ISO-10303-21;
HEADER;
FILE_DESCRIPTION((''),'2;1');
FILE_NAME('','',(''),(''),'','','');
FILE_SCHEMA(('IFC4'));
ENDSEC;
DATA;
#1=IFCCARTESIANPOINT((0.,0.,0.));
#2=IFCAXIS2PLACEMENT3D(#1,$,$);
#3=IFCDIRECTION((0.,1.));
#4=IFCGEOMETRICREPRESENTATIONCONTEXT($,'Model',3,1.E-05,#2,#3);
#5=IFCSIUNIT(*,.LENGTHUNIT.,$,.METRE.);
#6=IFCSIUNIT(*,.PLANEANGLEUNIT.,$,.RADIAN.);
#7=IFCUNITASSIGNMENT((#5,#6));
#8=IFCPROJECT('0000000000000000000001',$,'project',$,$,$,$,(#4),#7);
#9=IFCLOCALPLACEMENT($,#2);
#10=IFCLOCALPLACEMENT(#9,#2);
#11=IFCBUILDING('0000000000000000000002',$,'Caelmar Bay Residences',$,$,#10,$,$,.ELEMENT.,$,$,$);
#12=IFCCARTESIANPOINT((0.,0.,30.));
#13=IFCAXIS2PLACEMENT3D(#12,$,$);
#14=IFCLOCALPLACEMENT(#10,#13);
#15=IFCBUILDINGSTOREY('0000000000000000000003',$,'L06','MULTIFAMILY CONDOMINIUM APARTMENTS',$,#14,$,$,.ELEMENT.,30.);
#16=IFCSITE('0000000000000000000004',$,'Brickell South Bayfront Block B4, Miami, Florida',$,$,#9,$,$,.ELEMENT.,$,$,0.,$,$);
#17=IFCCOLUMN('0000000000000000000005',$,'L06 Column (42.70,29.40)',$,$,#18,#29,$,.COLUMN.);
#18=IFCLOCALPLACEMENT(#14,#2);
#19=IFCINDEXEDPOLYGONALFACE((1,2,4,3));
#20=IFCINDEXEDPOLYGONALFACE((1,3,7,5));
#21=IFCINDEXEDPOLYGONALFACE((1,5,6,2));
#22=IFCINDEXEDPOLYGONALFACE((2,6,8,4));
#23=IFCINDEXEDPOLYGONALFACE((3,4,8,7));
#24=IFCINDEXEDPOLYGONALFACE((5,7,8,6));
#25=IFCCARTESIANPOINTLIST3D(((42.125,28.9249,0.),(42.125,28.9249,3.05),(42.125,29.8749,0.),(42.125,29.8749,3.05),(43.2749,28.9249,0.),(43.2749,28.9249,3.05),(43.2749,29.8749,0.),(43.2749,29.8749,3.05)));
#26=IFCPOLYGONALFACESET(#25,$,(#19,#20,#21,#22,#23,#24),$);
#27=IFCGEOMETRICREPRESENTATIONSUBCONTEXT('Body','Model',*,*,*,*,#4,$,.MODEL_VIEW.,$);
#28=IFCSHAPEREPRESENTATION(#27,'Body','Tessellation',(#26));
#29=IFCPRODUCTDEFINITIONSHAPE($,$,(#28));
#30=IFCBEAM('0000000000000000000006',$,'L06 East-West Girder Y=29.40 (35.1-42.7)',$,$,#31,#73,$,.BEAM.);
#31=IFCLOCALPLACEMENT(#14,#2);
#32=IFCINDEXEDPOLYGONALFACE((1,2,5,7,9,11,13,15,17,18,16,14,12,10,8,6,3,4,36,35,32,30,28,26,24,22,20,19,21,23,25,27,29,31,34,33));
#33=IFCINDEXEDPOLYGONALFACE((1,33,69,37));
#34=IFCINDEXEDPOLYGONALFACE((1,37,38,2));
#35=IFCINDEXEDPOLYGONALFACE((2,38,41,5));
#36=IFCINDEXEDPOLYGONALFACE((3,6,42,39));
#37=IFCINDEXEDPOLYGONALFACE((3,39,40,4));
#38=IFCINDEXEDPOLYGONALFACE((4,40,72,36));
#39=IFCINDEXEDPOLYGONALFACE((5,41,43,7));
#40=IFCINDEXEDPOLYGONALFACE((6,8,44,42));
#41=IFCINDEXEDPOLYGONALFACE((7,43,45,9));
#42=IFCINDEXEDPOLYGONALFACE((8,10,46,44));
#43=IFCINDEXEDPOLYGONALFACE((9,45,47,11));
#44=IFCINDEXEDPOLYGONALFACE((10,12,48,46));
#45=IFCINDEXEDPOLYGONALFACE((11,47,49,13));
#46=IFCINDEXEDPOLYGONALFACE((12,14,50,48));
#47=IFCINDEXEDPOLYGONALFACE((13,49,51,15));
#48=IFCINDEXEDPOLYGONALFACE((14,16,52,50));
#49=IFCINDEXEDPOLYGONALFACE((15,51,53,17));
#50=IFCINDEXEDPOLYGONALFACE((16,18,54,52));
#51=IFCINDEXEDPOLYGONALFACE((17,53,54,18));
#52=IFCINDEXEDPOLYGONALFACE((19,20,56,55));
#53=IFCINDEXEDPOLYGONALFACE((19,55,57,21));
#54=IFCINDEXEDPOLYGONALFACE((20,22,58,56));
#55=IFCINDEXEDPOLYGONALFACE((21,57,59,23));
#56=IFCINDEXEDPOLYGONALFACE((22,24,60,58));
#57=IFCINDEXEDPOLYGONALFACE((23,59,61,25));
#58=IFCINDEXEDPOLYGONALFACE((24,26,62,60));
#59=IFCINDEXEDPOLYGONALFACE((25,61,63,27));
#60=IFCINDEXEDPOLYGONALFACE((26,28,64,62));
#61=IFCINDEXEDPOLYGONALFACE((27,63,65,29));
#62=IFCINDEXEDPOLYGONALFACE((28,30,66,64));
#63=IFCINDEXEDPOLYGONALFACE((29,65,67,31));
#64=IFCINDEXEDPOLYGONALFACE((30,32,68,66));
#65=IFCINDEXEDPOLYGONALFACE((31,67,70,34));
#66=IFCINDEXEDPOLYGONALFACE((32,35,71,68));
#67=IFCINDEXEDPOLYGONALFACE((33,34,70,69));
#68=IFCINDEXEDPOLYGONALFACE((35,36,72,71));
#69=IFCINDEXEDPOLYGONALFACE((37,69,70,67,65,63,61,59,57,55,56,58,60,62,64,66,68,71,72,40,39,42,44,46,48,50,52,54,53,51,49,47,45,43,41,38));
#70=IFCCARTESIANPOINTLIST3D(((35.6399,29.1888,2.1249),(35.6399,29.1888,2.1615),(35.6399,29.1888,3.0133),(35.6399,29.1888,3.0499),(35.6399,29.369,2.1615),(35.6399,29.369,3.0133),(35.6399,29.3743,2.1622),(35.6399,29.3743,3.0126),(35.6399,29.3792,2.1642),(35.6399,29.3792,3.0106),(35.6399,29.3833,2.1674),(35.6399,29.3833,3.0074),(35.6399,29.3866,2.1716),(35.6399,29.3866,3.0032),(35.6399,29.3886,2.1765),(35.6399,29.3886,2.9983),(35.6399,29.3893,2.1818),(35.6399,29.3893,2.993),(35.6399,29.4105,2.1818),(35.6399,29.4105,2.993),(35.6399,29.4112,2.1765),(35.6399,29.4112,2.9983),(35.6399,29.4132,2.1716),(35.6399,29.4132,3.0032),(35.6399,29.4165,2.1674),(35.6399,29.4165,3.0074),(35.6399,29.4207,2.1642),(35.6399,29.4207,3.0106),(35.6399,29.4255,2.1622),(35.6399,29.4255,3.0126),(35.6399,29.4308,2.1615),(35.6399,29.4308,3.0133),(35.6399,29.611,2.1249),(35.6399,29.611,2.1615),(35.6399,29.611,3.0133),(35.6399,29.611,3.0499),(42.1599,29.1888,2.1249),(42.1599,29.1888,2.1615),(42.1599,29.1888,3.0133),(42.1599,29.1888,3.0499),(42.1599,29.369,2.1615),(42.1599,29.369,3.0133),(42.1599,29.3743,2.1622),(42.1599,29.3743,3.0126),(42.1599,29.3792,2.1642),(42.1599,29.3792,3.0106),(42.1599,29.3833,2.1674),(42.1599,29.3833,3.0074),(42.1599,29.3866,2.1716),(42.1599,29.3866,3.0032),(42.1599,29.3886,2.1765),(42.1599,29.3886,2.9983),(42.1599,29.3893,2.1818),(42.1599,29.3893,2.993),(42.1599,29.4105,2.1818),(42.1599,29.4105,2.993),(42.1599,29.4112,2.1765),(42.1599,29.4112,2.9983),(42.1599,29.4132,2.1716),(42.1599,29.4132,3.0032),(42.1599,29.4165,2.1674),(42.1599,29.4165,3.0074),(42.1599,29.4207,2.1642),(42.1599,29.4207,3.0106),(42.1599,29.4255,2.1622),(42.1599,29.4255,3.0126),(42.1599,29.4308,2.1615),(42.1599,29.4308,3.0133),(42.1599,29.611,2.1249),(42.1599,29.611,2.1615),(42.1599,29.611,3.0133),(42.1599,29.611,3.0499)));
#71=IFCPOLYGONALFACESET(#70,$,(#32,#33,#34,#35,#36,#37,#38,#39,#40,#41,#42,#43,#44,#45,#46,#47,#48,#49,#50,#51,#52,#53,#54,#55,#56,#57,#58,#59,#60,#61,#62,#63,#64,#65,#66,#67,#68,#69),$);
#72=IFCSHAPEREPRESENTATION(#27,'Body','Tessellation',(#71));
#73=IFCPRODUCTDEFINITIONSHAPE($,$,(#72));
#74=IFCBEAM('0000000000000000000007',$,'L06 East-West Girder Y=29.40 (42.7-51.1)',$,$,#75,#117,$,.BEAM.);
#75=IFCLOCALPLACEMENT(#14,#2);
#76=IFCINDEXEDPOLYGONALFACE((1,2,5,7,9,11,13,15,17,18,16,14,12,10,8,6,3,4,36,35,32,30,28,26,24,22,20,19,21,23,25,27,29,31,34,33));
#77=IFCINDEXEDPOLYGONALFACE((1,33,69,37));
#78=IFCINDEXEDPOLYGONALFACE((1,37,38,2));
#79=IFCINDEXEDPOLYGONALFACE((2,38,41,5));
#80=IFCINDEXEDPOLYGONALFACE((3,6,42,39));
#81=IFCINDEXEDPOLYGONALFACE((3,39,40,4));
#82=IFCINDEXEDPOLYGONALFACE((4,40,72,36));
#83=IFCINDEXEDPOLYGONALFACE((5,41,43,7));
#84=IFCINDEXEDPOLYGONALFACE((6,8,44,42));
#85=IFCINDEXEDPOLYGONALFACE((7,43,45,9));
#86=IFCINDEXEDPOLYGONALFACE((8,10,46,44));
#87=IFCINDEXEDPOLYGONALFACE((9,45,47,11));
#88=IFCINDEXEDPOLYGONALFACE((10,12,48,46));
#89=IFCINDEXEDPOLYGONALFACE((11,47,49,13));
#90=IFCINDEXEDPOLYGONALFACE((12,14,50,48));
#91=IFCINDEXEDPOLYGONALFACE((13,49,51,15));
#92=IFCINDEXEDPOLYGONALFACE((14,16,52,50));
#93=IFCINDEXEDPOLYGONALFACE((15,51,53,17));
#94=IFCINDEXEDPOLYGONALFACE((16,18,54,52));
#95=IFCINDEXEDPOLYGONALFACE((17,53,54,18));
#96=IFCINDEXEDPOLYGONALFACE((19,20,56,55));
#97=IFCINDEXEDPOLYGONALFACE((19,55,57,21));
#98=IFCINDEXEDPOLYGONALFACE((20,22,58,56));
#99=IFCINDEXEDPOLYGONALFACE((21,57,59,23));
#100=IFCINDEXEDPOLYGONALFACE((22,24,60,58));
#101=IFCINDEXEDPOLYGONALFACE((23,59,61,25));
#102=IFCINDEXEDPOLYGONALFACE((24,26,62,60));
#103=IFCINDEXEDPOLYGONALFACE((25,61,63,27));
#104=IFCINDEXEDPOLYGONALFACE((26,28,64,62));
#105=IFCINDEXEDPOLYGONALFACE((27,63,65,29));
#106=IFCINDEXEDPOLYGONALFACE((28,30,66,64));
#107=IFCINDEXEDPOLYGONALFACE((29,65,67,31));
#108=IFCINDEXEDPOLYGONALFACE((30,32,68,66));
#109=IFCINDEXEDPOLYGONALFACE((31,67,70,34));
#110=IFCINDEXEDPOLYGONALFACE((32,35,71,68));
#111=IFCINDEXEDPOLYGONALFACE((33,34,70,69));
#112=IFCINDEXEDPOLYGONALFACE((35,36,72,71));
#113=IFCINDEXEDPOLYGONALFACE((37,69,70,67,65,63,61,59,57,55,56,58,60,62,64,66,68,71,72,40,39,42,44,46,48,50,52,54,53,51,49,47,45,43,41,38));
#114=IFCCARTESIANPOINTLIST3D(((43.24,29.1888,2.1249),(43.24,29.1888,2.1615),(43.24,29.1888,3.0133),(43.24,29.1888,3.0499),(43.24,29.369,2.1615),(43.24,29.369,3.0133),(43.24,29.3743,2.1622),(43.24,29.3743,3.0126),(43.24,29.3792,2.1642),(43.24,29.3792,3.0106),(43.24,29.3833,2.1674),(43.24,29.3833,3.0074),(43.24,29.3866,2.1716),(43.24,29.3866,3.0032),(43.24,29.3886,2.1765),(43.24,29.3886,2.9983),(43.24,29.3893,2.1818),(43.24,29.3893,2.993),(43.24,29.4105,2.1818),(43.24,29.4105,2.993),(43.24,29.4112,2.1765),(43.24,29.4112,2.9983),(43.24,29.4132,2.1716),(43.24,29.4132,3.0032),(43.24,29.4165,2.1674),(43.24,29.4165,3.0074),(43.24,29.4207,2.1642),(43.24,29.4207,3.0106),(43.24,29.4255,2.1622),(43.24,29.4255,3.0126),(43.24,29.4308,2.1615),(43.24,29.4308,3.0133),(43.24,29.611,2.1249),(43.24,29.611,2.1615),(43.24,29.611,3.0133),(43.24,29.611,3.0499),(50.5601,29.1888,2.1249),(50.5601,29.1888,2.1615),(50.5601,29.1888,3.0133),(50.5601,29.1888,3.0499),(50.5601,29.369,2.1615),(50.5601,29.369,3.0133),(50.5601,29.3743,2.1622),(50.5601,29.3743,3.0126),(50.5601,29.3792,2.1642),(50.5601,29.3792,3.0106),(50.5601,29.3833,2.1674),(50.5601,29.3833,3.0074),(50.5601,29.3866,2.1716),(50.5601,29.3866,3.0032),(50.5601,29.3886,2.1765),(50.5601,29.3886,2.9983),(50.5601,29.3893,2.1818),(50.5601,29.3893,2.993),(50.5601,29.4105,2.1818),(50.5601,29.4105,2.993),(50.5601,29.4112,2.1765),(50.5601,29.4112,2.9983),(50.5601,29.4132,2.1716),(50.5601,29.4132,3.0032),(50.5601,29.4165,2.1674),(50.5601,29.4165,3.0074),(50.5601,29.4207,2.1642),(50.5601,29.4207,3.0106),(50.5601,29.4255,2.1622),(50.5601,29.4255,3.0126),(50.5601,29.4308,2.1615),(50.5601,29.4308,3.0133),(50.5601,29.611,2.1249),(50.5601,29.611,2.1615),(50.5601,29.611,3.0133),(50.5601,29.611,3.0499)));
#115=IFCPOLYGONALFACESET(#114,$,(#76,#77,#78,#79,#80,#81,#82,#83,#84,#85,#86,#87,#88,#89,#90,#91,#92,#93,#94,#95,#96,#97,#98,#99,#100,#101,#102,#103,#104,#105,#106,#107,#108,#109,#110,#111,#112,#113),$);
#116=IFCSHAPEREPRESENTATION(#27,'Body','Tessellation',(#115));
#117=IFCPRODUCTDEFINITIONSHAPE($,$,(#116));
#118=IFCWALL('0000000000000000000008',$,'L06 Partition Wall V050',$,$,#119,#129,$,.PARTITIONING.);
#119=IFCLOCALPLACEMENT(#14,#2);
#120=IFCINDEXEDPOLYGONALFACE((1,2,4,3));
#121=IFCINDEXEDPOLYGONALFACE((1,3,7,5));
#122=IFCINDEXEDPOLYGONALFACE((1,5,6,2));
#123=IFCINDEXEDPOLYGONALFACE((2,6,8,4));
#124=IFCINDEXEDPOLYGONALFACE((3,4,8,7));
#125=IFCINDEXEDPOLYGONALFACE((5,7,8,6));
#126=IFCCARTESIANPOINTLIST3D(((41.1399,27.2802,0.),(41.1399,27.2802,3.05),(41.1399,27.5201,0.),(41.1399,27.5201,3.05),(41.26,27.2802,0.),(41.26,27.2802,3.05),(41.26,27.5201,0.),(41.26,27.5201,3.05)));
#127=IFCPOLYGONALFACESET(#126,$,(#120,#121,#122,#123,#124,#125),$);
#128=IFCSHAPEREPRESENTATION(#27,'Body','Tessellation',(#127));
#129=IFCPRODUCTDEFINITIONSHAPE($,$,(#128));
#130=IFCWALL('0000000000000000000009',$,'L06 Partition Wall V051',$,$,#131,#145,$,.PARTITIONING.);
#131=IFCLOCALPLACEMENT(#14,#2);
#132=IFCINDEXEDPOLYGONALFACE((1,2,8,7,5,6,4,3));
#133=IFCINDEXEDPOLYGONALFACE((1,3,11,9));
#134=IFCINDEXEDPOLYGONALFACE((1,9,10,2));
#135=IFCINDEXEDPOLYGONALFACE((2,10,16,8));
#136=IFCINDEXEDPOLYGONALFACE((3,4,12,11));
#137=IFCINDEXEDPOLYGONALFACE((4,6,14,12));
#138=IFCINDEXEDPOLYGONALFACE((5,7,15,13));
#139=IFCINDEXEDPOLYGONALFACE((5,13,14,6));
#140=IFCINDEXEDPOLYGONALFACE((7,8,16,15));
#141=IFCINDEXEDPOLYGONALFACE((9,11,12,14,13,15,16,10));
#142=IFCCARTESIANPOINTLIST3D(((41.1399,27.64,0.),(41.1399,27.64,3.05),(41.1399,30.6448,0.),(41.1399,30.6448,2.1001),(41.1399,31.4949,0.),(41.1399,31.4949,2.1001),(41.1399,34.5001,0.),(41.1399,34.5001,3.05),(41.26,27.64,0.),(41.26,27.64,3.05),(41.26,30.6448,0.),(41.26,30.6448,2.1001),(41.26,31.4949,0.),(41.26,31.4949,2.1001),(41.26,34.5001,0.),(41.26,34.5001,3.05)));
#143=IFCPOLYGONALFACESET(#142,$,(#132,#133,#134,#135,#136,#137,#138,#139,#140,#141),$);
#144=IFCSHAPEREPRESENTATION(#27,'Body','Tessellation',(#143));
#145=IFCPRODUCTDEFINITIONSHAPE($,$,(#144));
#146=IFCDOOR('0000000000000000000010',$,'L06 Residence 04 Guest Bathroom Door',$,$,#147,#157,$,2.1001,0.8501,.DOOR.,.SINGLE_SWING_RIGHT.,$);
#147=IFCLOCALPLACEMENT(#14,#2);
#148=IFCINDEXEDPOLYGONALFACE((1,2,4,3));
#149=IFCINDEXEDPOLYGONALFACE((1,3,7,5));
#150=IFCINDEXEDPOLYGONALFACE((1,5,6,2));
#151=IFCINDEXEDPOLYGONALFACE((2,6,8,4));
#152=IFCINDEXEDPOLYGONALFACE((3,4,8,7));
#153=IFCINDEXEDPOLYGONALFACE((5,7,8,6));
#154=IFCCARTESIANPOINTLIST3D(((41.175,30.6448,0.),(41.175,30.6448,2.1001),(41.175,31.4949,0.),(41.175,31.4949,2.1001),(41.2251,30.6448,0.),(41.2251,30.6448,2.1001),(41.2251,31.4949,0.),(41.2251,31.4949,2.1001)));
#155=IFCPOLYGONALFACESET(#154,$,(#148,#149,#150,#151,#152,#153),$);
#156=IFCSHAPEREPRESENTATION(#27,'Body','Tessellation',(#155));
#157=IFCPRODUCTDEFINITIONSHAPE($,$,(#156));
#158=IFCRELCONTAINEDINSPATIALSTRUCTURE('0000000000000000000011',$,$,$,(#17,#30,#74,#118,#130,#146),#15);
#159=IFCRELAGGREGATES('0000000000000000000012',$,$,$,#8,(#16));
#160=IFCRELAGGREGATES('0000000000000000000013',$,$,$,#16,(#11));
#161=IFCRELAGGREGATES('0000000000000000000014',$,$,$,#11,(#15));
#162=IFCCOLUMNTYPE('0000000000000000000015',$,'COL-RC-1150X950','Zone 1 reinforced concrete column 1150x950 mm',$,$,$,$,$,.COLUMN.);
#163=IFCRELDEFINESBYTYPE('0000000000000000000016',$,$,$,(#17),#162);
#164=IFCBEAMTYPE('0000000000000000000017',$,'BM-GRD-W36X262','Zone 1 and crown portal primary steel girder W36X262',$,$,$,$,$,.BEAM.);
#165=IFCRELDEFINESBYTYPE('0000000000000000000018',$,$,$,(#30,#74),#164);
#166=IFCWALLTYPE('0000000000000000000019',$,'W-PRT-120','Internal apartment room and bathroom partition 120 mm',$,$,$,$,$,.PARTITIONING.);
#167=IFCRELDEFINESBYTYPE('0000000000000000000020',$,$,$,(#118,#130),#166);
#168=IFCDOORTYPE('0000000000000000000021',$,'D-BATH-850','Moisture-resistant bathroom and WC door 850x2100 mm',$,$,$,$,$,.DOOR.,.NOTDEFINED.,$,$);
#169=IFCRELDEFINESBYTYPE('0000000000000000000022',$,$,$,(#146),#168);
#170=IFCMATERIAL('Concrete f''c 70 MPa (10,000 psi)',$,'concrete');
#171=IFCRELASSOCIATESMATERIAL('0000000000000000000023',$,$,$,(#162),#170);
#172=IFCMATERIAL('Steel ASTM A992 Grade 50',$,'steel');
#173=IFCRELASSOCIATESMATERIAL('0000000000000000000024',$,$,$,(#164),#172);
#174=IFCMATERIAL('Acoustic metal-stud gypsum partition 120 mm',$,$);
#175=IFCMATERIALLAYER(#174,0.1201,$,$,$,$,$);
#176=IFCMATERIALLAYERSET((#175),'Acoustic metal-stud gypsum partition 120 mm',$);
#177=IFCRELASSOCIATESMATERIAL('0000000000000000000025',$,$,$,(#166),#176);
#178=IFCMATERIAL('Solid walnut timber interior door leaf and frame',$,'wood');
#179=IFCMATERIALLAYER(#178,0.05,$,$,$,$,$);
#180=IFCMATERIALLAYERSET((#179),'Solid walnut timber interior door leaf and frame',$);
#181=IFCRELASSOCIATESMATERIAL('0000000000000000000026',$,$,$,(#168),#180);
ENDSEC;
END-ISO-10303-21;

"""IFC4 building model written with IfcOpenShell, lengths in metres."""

from ifc_helpers import new_model, si_unit, direction, frame, frame_2d, origin, origin_2d, place, context, subcontext, project, spatial, rectangle, i_section, extrude, material, layer, layer_set, material_profile, profile_set, type_object, element, fill, save


model = new_model("IFC4")

# Units and contexts
model_context = context("Model", 3, precision=1e-05, world=origin(), true_north=direction((0.0, 1.0)))
body_context = subcontext(model_context, "Body", "Model", "MODEL_VIEW")
ifc_project = project(units=[si_unit("LENGTHUNIT", "METRE"), si_unit("PLANEANGLEUNIT", "RADIAN")], contexts=[model_context])

# Site, building, storey
site_placement = place(None, origin())
site = spatial("IfcSite", under=ifc_project, at=site_placement, Name="Brickell South Bayfront Block B4, Miami, Florida", CompositionType="ELEMENT", RefElevation=0.0)
building_placement = place(site_placement, origin())
building = spatial("IfcBuilding", under=site, at=building_placement, Name="Caelmar Bay Residences", CompositionType="ELEMENT")
storey_placement = place(building_placement, frame((0.0, 0.0, 30.0)))
storey = spatial("IfcBuildingStorey", under=building, at=storey_placement, Name="L06", Description="MULTIFAMILY CONDOMINIUM APARTMENTS", CompositionType="ELEMENT", Elevation=30.0)

# Column
ifc_material_1 = material(Name="Concrete f'c 70 MPa (10,000 psi)", Category="concrete")
ifc_material_profile_1 = material_profile(ifc_material_1, rectangle(XDim=1.1499, YDim=0.95, at=origin_2d()), Name="RC-COL-1150X950")
ifc_profile_set_1 = profile_set([ifc_material_profile_1], Name="Concrete f'c 70 MPa (10,000 psi)")
column_type = type_object("IfcColumnType", Name="COL-RC-1150X950", Description="Zone 1 reinforced concrete column 1150x950 mm", PredefinedType="COLUMN", material=ifc_profile_set_1)
column_placement = place(storey_placement, frame((42.7, 29.3999, 0.0), z_axis=(0.0, 0.0, 1.0), x_axis=(1.0, 0.0, 0.0)))
element("IfcColumn", 1, at=column_placement, inside=storey, type_object=column_type, Name="L06 Column (42.70,29.40)", PredefinedType="COLUMN", context=body_context, shape_type="SweptSolid", body=[
    extrude(rectangle(XDim=1.1499, YDim=0.95, at=origin_2d()), origin(), (0.0, 0.0, 1.0), 3.05),
])

# Beams
ifc_material_2 = material(Name="Steel ASTM A992 Grade 50", Category="steel")
ifc_material_profile_2 = material_profile(ifc_material_2, i_section(OverallWidth=0.4221, OverallDepth=0.925, WebThickness=0.0212, FlangeThickness=0.0366, FilletRadius=0.0203, at=origin_2d()), Name="W36X262")
ifc_profile_set_2 = profile_set([ifc_material_profile_2], Name="Steel ASTM A992 Grade 50")
beam_type = type_object("IfcBeamType", Name="BM-GRD-W36X262", Description="Zone 1 and crown portal primary steel girder W36X262", PredefinedType="BEAM", material=ifc_profile_set_2)
beam_1_placement = place(storey_placement, frame((35.6399, 29.3999, 2.5874), z_axis=(1.0, 0.0, 0.0), x_axis=(0.0, 1.0, 0.0)))
element("IfcBeam", 2, at=beam_1_placement, inside=storey, type_object=beam_type, Name="L06 East-West Girder Y=29.40 (35.1-42.7)", PredefinedType="BEAM", context=body_context, shape_type="SweptSolid", body=[
    extrude(i_section(OverallWidth=0.4221, OverallDepth=0.925, WebThickness=0.0212, FlangeThickness=0.0366, FilletRadius=0.0203, at=origin_2d()), origin(), (0.0, 0.0, 1.0), 6.52),
])
beam_2_placement = place(storey_placement, frame((43.24, 29.3999, 2.5874), z_axis=(1.0, 0.0, 0.0), x_axis=(0.0, 1.0, 0.0)))
element("IfcBeam", 3, at=beam_2_placement, inside=storey, type_object=beam_type, Name="L06 East-West Girder Y=29.40 (42.7-51.1)", PredefinedType="BEAM", context=body_context, shape_type="SweptSolid", body=[
    extrude(i_section(OverallWidth=0.4221, OverallDepth=0.925, WebThickness=0.0212, FlangeThickness=0.0366, FilletRadius=0.0203, at=origin_2d()), origin(), (0.0, 0.0, 1.0), 7.3201),
])

# Wall
ifc_material_3 = material(Name="Acoustic metal-stud gypsum partition 120 mm")
ifc_layer_1 = layer(ifc_material_3, 0.1201)
ifc_layer_set_1 = layer_set([ifc_layer_1], Name="Acoustic metal-stud gypsum partition 120 mm")
wall_type_1 = type_object("IfcWallType", Name="W-PRT-120", Description="Internal apartment room and bathroom partition 120 mm", PredefinedType="PARTITIONING", material=ifc_layer_set_1)
wall_1_placement = place(storey_placement, frame((41.2, 27.28, 0.0), z_axis=(0.0, 0.0, 1.0), x_axis=(0.0, 1.0, 0.0)))
element("IfcWall", 4, at=wall_1_placement, inside=storey, type_object=wall_type_1, Name="L06 Partition Wall V050", PredefinedType="PARTITIONING", context=body_context, shape_type="SweptSolid", body=[
    extrude(rectangle(XDim=0.24, YDim=0.1201, at=frame_2d((0.1201, 0.0))), origin(), (0.0, 0.0, 1.0), 3.05),
])

# Wall, opening, door
wall_2_placement = place(storey_placement, frame((41.2, 27.6399, 0.0), z_axis=(0.0, 0.0, 1.0), x_axis=(0.0, 1.0, 0.0)))
wall_2 = element("IfcWall", 5, at=wall_2_placement, inside=storey, type_object=wall_type_1, Name="L06 Partition Wall V051", PredefinedType="PARTITIONING", context=body_context, shape_type="SweptSolid", body=[
    extrude(rectangle(XDim=6.8601, YDim=0.1201, at=frame_2d((3.4302, 0.0))), origin(), (0.0, 0.0, 1.0), 3.05),
])
opening_1_placement = place(wall_2_placement, frame((3.0049, 0.0, 0.0)))
opening_1 = element("IfcOpeningElement", 6, at=opening_1_placement, cuts=wall_2, PredefinedType="OPENING", context=body_context, shape_type="SweptSolid", body=[
    extrude(rectangle(XDim=0.8501, YDim=2.1001, at=frame_2d((0.425, 1.05))), frame((0.0, 0.0701, 0.0), z_axis=(0.0, -1.0, 0.0), x_axis=(1.0, 0.0, 0.0)), (0.0, 0.0, 1.0), 0.1401),
])
ifc_material_4 = material(Name="Solid walnut timber interior door leaf and frame", Category="wood")
ifc_layer_2 = layer(ifc_material_4, 0.05)
ifc_layer_set_2 = layer_set([ifc_layer_2], Name="Solid walnut timber interior door leaf and frame")
door_type_1 = type_object("IfcDoorType", Name="D-BATH-850", Description="Moisture-resistant bathroom and WC door 850x2100 mm", OperationType="NOTDEFINED", PredefinedType="DOOR", material=ifc_layer_set_2)
door_1_placement = place(opening_1_placement, origin())
door_1 = element("IfcDoor", 7, at=door_1_placement, inside=storey, type_object=door_type_1, Name="L06 Residence 04 Guest Bathroom Door", OperationType="SINGLE_SWING_RIGHT", OverallHeight=2.1001, OverallWidth=0.8501, PredefinedType="DOOR", context=body_context, shape_type="SweptSolid", body=[
    extrude(rectangle(XDim=0.8501, YDim=2.1001, at=frame_2d((0.425, 1.05))), frame((0.0, 0.0249, 0.0), z_axis=(0.0, -1.0, 0.0), x_axis=(1.0, 0.0, 0.0)), (0.0, 0.0, 1.0), 0.05),
])
fill(opening_1, door_1)

save(model, "model.ifc")
